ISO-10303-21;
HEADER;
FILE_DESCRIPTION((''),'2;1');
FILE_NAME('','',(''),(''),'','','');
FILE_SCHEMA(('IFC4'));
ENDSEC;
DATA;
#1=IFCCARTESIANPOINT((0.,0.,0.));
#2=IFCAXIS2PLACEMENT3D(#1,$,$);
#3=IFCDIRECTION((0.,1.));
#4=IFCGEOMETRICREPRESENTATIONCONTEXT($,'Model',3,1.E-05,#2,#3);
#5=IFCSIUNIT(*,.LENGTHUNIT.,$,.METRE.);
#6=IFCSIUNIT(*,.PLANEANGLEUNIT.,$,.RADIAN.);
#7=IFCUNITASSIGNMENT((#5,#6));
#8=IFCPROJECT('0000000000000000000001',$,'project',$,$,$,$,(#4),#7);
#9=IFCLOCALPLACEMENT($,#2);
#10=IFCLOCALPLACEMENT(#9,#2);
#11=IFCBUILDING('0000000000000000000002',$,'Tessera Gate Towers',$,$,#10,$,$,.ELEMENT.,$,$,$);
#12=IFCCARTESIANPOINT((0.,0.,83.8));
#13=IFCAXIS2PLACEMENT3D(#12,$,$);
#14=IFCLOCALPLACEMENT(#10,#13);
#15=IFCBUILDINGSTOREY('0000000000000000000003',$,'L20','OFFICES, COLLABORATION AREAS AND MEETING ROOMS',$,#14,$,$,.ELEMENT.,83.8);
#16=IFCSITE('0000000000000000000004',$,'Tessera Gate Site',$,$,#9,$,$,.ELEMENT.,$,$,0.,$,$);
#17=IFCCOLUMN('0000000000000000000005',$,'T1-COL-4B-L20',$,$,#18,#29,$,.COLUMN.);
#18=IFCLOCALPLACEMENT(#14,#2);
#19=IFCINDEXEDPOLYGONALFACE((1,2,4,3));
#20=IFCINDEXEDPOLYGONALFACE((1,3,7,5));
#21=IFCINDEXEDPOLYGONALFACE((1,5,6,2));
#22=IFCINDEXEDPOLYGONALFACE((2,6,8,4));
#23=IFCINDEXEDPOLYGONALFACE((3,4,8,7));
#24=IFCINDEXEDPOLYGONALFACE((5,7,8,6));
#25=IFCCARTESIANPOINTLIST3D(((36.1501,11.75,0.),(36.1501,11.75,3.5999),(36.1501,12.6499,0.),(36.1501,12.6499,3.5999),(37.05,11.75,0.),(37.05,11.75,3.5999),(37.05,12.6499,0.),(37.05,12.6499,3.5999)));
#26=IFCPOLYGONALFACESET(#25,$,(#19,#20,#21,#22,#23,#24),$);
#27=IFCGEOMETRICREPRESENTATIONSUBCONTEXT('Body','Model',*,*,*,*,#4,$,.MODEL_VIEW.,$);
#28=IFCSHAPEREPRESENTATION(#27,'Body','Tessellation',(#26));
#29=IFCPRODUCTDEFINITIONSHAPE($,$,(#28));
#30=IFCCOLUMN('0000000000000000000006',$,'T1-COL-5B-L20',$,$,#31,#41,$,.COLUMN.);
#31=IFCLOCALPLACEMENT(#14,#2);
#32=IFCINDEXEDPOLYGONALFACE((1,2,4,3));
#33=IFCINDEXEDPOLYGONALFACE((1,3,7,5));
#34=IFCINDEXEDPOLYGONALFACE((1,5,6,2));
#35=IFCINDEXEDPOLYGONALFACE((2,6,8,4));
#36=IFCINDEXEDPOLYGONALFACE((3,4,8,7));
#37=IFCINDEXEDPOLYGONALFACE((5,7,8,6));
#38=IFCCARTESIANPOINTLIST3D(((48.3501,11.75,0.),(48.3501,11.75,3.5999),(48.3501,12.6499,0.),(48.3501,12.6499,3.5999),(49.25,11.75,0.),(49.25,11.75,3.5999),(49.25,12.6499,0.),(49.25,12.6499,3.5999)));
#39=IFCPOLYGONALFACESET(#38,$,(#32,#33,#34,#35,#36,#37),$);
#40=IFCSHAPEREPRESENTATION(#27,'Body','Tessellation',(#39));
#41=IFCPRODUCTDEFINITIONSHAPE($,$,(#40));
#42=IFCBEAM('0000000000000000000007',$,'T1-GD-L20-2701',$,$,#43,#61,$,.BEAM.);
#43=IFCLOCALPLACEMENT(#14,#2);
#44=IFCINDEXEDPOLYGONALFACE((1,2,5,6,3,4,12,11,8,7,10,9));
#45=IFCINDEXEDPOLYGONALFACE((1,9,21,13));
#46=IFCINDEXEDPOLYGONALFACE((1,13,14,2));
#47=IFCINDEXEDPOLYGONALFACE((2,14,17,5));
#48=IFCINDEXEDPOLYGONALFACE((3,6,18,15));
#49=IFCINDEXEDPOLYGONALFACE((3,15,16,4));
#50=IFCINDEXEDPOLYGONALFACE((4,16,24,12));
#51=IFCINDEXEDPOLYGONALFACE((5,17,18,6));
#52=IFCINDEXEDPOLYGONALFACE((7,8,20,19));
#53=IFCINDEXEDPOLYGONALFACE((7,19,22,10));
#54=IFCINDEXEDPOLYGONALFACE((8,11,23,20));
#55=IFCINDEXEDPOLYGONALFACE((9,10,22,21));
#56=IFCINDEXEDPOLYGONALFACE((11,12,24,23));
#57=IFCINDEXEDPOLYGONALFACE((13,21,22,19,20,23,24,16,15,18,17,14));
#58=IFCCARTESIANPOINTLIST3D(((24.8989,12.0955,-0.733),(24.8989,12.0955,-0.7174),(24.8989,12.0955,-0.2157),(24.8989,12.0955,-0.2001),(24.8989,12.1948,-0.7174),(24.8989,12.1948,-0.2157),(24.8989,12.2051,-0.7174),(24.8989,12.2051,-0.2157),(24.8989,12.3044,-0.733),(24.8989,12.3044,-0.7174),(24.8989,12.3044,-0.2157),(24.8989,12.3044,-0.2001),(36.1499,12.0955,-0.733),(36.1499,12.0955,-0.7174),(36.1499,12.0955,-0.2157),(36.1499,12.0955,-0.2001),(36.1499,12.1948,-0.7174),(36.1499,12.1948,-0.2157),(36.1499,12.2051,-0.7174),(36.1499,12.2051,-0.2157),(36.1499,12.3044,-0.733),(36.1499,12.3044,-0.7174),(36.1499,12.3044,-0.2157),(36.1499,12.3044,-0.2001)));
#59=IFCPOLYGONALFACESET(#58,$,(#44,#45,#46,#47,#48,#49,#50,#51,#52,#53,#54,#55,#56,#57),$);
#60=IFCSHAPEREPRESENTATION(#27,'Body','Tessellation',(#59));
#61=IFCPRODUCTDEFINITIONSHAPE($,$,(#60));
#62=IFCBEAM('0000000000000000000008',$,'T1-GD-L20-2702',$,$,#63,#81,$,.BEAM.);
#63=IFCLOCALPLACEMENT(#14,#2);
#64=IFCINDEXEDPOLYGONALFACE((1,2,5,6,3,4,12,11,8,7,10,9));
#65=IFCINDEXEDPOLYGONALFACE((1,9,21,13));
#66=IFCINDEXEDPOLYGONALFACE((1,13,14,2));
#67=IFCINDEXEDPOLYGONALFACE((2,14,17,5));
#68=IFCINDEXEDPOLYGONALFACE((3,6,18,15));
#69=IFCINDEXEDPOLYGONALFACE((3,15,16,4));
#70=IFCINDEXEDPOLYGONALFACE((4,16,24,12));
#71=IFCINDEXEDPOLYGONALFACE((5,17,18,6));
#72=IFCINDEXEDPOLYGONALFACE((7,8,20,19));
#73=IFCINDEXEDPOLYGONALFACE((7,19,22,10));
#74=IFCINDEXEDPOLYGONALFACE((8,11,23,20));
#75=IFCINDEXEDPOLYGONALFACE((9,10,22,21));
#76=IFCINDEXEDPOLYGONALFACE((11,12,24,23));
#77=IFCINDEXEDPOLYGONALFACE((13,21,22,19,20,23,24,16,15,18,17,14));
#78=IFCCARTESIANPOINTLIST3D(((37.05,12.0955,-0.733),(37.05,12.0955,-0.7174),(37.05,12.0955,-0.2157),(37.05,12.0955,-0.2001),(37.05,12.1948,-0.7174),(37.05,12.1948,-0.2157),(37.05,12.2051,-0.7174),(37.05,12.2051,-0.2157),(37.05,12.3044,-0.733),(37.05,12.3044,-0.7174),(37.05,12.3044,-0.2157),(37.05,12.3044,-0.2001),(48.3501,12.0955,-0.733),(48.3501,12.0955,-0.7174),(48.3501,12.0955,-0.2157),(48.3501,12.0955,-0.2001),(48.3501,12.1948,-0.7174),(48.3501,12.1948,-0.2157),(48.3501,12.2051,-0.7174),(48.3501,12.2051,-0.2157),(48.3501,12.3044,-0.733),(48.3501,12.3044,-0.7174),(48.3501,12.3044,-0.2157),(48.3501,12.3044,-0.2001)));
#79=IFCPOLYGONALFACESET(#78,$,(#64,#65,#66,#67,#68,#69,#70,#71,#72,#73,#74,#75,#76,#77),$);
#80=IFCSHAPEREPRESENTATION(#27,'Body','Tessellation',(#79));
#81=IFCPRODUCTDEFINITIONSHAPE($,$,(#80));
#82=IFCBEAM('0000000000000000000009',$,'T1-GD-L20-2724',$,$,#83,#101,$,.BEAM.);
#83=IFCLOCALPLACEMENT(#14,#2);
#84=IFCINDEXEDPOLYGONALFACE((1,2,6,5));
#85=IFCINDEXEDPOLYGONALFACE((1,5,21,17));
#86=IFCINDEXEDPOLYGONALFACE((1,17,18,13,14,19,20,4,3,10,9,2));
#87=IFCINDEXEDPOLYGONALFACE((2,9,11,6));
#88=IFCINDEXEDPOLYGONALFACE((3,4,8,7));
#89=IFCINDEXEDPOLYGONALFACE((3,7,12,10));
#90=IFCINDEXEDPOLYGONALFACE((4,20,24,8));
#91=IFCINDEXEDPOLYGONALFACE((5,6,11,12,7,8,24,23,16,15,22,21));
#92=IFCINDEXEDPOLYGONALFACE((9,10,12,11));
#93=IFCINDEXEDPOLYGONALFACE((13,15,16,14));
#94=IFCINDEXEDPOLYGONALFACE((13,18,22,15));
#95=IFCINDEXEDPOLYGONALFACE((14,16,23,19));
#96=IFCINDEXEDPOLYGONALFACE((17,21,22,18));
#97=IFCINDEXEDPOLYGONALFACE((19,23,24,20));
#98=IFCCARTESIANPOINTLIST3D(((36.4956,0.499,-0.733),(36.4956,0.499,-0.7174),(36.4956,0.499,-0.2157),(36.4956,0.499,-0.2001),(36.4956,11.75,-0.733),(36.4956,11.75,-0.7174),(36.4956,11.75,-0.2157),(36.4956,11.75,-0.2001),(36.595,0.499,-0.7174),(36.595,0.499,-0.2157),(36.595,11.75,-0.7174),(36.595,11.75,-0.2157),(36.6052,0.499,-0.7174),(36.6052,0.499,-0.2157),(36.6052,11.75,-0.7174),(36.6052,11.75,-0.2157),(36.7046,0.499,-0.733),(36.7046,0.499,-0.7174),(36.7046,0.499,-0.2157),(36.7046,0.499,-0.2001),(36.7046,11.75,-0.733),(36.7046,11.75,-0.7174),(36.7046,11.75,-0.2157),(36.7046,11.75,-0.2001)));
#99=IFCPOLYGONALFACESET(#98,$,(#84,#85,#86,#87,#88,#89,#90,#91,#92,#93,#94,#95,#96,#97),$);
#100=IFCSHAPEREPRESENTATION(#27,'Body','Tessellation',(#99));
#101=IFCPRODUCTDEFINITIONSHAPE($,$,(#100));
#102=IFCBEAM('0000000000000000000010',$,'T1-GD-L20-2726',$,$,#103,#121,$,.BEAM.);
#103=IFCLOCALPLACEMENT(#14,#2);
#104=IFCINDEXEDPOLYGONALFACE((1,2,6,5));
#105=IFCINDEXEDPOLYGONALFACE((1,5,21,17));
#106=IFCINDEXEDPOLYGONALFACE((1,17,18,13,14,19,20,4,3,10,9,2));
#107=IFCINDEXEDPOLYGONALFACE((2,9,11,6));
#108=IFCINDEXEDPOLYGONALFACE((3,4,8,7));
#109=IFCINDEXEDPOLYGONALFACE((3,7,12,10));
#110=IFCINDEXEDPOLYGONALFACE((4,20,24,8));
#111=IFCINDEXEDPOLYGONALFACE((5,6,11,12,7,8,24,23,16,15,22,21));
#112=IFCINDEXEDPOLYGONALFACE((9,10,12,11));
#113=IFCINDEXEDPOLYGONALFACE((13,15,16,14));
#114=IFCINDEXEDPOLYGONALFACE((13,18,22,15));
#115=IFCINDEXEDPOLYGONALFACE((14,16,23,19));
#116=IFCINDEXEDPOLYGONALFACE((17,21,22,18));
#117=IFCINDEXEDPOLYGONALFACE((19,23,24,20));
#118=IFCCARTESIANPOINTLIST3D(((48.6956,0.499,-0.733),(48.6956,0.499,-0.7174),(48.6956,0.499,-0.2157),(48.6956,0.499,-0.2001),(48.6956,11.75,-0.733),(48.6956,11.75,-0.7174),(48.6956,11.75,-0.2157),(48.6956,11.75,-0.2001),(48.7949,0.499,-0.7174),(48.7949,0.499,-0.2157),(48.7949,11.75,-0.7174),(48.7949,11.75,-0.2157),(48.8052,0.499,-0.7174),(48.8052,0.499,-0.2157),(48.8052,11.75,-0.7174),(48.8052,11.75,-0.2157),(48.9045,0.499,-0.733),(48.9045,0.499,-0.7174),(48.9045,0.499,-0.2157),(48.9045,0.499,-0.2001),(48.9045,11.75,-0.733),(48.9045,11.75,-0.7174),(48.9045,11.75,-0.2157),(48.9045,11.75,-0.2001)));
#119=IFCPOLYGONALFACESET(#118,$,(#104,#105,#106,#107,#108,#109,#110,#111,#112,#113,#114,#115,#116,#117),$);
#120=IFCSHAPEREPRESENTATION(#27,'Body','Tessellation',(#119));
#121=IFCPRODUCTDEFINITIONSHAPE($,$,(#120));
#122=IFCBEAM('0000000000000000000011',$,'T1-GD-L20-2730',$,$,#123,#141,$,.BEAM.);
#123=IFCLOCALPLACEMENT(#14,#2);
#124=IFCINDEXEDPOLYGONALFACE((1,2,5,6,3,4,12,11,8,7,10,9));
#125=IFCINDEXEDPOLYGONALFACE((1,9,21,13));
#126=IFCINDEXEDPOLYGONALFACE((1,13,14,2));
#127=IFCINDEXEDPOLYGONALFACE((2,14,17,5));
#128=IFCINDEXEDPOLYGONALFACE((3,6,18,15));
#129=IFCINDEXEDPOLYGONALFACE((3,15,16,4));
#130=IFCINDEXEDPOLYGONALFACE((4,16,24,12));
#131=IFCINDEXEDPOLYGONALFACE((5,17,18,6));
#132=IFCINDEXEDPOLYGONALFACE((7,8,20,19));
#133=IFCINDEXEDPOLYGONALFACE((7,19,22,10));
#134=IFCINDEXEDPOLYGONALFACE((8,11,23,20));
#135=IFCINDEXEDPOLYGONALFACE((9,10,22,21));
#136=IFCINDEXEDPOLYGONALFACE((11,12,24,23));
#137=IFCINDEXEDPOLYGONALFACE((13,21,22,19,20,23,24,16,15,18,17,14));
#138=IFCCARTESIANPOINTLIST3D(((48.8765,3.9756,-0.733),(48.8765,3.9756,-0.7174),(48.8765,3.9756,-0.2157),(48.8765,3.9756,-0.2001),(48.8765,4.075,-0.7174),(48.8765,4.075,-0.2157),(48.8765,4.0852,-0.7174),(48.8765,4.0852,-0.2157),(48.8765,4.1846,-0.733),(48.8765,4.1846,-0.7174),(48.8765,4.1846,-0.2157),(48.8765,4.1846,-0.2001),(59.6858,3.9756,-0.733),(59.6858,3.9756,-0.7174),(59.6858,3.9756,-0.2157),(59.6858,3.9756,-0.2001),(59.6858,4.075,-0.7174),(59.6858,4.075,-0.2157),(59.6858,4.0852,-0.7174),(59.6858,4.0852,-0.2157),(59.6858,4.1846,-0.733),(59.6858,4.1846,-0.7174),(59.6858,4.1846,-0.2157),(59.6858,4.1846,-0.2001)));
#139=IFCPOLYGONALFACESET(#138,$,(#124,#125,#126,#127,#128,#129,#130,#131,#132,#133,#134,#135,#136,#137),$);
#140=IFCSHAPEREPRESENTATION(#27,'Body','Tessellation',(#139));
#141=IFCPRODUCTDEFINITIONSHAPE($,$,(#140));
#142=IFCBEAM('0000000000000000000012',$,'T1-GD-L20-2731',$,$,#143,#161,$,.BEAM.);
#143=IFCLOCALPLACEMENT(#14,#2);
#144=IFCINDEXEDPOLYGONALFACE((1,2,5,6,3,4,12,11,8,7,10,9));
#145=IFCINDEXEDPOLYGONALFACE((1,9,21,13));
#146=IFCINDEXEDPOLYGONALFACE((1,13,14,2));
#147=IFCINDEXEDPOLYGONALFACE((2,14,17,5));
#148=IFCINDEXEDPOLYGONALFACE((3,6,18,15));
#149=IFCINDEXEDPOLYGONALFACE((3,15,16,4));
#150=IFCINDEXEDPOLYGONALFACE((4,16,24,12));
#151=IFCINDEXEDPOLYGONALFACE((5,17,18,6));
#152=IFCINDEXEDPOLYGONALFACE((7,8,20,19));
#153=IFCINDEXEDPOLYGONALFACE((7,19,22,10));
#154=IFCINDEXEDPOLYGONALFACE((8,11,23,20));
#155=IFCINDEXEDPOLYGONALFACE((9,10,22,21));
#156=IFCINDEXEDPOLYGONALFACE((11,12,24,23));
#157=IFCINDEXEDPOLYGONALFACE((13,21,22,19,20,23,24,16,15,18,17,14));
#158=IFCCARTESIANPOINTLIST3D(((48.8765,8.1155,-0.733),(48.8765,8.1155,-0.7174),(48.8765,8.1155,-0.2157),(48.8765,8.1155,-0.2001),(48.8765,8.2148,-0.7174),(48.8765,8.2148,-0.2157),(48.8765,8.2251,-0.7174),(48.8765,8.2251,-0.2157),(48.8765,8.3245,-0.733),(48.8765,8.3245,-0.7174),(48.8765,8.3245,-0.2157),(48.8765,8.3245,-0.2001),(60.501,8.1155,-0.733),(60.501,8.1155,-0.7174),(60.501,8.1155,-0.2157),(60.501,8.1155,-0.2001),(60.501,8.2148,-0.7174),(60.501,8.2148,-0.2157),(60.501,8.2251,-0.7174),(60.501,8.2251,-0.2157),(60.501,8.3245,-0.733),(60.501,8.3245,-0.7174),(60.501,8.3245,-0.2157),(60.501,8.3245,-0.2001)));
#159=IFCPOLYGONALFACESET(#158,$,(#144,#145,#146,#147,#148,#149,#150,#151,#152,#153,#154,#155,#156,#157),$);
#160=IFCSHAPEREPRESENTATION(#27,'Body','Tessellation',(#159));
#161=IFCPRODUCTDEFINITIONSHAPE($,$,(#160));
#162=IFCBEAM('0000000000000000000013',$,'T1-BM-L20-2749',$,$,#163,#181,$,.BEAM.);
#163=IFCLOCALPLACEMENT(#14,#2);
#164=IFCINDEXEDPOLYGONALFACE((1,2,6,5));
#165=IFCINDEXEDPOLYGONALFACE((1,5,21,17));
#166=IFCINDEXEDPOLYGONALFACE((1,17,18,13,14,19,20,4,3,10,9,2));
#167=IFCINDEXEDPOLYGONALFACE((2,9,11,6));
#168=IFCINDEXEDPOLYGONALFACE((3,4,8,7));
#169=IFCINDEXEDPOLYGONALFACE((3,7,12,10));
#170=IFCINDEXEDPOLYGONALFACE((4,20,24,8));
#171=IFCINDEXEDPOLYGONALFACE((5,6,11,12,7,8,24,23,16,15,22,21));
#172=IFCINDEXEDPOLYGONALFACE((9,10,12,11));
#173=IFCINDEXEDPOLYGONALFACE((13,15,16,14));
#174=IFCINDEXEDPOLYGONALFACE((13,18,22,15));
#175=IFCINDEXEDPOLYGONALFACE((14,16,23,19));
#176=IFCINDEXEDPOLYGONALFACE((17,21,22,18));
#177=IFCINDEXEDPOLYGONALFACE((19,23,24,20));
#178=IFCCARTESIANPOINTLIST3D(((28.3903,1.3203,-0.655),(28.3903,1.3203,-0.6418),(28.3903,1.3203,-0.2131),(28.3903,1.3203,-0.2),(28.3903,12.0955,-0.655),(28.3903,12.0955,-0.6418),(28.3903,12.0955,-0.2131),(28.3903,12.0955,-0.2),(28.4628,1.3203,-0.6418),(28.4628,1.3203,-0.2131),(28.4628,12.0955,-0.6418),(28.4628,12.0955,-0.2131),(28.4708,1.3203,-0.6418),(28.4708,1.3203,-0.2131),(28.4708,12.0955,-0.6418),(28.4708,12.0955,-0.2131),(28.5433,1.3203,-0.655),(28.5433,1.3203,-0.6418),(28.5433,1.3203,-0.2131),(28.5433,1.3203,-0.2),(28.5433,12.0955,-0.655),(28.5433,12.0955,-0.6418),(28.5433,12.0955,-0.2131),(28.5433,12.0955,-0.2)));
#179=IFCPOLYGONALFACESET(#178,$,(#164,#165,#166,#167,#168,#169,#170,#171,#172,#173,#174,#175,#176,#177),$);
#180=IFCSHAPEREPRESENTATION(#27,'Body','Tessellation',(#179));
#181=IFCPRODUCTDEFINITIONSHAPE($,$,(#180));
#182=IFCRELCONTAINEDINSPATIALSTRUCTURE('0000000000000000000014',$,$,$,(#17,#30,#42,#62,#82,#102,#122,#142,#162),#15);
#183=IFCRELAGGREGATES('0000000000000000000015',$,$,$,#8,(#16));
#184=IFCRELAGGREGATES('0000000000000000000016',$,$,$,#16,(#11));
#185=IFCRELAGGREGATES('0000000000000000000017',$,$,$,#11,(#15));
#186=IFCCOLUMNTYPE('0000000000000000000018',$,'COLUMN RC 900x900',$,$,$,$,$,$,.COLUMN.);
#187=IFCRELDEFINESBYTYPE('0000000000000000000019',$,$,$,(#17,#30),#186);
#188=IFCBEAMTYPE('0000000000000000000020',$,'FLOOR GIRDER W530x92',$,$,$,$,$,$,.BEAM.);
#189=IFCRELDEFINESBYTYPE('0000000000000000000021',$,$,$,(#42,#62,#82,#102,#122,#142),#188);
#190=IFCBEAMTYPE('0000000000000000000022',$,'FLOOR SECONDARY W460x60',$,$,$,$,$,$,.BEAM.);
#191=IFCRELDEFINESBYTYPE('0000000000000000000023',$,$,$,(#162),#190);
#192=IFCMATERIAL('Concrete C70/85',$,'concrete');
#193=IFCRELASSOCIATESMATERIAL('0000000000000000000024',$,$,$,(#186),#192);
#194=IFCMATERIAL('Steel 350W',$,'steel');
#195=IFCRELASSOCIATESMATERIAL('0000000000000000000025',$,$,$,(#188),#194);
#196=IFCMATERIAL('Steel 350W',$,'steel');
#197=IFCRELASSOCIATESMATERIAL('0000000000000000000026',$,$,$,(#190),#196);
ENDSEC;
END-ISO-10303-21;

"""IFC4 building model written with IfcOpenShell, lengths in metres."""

from ifc_helpers import new_model, si_unit, direction, frame, origin, origin_2d, place, context, subcontext, project, spatial, rectangle, i_section, extrude, material, material_profile, profile_set, type_object, element, save


model = new_model("IFC4")

# Units and contexts
model_context = context("Model", 3, precision=1e-05, world=origin(), true_north=direction((0.0, 1.0)))
body_context = subcontext(model_context, "Body", "Model", "MODEL_VIEW")
ifc_project = project(units=[si_unit("LENGTHUNIT", "METRE"), si_unit("PLANEANGLEUNIT", "RADIAN")], contexts=[model_context])

# Site, building, storey
site_placement = place(None, origin())
site = spatial("IfcSite", under=ifc_project, at=site_placement, Name="Tessera Gate Site", CompositionType="ELEMENT", RefElevation=0.0)
building_placement = place(site_placement, origin())
building = spatial("IfcBuilding", under=site, at=building_placement, Name="Tessera Gate Towers", CompositionType="ELEMENT")
storey_placement = place(building_placement, frame((0.0, 0.0, 83.8)))
storey = spatial("IfcBuildingStorey", under=building, at=storey_placement, Name="L20", Description="OFFICES, COLLABORATION AREAS AND MEETING ROOMS", CompositionType="ELEMENT", Elevation=83.8)

# Columns
ifc_material_1 = material(Name="Concrete C70/85", Category="concrete")
ifc_material_profile_1 = material_profile(ifc_material_1, rectangle(XDim=0.8999, YDim=0.8999, at=origin_2d()), Name="RC 900x900")
ifc_profile_set_1 = profile_set([ifc_material_profile_1], Name="Concrete C70/85")
column_type = type_object("IfcColumnType", Name="COLUMN RC 900x900", PredefinedType="COLUMN", material=ifc_profile_set_1)
for number, where, z_axis, x_axis, name in (
    (1, (36.6001, 12.2, 0.0), (0.0, 0.0, 1.0), (1.0, 0.0, 0.0), "T1-COL-4B-L20"),
    (2, (48.8, 12.2, 0.0), (0.0, 0.0, 1.0), (1.0, 0.0, 0.0), "T1-COL-5B-L20"),
):
    element("IfcColumn", number, at=place(storey_placement, frame(where, z_axis=z_axis, x_axis=x_axis)), inside=storey, type_object=column_type, Name=name, PredefinedType="COLUMN", context=body_context, shape_type="SweptSolid", body=[
        extrude(rectangle(XDim=0.8999, YDim=0.8999, at=origin_2d()), origin(), (0.0, 0.0, 1.0), 3.5999),
    ])

# Beams
ifc_material_2 = material(Name="Steel 350W", Category="steel")
ifc_material_profile_2 = material_profile(ifc_material_2, i_section(OverallWidth=0.209, OverallDepth=0.533, WebThickness=0.0103, FlangeThickness=0.0156, at=origin_2d()), Name="W530x92")
ifc_profile_set_2 = profile_set([ifc_material_profile_2], Name="Steel 350W")
beam_type_1 = type_object("IfcBeamType", Name="FLOOR GIRDER W530x92", PredefinedType="BEAM", material=ifc_profile_set_2)
beam_1_placement = place(storey_placement, frame((24.8989, 12.2, -0.4666), z_axis=(1.0, 0.0, 0.0), x_axis=(0.0, 1.0, 0.0)))
element("IfcBeam", 3, at=beam_1_placement, inside=storey, type_object=beam_type_1, Name="T1-GD-L20-2701", PredefinedType="BEAM", context=body_context, shape_type="SweptSolid", body=[
    extrude(i_section(OverallWidth=0.209, OverallDepth=0.533, WebThickness=0.0103, FlangeThickness=0.0156, at=origin_2d()), origin(), (0.0, 0.0, 1.0), 11.251),
])
beam_2_placement = place(storey_placement, frame((37.05, 12.2, -0.4666), z_axis=(1.0, 0.0, 0.0), x_axis=(0.0, 1.0, 0.0)))
element("IfcBeam", 4, at=beam_2_placement, inside=storey, type_object=beam_type_1, Name="T1-GD-L20-2702", PredefinedType="BEAM", context=body_context, shape_type="SweptSolid", body=[
    extrude(i_section(OverallWidth=0.209, OverallDepth=0.533, WebThickness=0.0103, FlangeThickness=0.0156, at=origin_2d()), origin(), (0.0, 0.0, 1.0), 11.3),
])
for number, where, z_axis, x_axis, name in (
    (5, (36.6001, 0.499, -0.4666), (0.0, 1.0, 0.0), (-1.0, 0.0, 0.0), "T1-GD-L20-2724"),
    (6, (48.8, 0.499, -0.4666), (0.0, 1.0, 0.0), (-1.0, 0.0, 0.0), "T1-GD-L20-2726"),
):
    element("IfcBeam", number, at=place(storey_placement, frame(where, z_axis=z_axis, x_axis=x_axis)), inside=storey, type_object=beam_type_1, Name=name, PredefinedType="BEAM", context=body_context, shape_type="SweptSolid", body=[
        extrude(i_section(OverallWidth=0.209, OverallDepth=0.533, WebThickness=0.0103, FlangeThickness=0.0156, at=origin_2d()), origin(), (0.0, 0.0, 1.0), 11.251),
    ])
beam_3_placement = place(storey_placement, frame((48.8765, 4.0801, -0.4666), z_axis=(1.0, 0.0, 0.0), x_axis=(0.0, 1.0, 0.0)))
element("IfcBeam", 7, at=beam_3_placement, inside=storey, type_object=beam_type_1, Name="T1-GD-L20-2730", PredefinedType="BEAM", context=body_context, shape_type="SweptSolid", body=[
    extrude(i_section(OverallWidth=0.209, OverallDepth=0.533, WebThickness=0.0103, FlangeThickness=0.0156, at=origin_2d()), origin(), (0.0, 0.0, 1.0), 10.8093),
])
beam_4_placement = place(storey_placement, frame((48.8765, 8.22, -0.4666), z_axis=(1.0, 0.0, 0.0), x_axis=(0.0, 1.0, 0.0)))
element("IfcBeam", 8, at=beam_4_placement, inside=storey, type_object=beam_type_1, Name="T1-GD-L20-2731", PredefinedType="BEAM", context=body_context, shape_type="SweptSolid", body=[
    extrude(i_section(OverallWidth=0.209, OverallDepth=0.533, WebThickness=0.0103, FlangeThickness=0.0156, at=origin_2d()), origin(), (0.0, 0.0, 1.0), 11.6245),
])
ifc_material_3 = material(Name="Steel 350W", Category="steel")
ifc_material_profile_3 = material_profile(ifc_material_3, i_section(OverallWidth=0.1531, OverallDepth=0.4551, WebThickness=0.0081, FlangeThickness=0.0132, at=origin_2d()), Name="W460x60")
ifc_profile_set_3 = profile_set([ifc_material_profile_3], Name="Steel 350W")
beam_type_2 = type_object("IfcBeamType", Name="FLOOR SECONDARY W460x60", PredefinedType="BEAM", material=ifc_profile_set_3)
beam_5_placement = place(storey_placement, frame((28.4668, 1.3203, -0.4275), z_axis=(0.0, 1.0, 0.0), x_axis=(-1.0, 0.0, 0.0)))
element("IfcBeam", 9, at=beam_5_placement, inside=storey, type_object=beam_type_2, Name="T1-BM-L20-2749", PredefinedType="BEAM", context=body_context, shape_type="SweptSolid", body=[
    extrude(i_section(OverallWidth=0.1531, OverallDepth=0.4551, WebThickness=0.0081, FlangeThickness=0.0132, at=origin_2d()), origin(), (0.0, 0.0, 1.0), 10.7751),
])

save(model, "model.ifc")
